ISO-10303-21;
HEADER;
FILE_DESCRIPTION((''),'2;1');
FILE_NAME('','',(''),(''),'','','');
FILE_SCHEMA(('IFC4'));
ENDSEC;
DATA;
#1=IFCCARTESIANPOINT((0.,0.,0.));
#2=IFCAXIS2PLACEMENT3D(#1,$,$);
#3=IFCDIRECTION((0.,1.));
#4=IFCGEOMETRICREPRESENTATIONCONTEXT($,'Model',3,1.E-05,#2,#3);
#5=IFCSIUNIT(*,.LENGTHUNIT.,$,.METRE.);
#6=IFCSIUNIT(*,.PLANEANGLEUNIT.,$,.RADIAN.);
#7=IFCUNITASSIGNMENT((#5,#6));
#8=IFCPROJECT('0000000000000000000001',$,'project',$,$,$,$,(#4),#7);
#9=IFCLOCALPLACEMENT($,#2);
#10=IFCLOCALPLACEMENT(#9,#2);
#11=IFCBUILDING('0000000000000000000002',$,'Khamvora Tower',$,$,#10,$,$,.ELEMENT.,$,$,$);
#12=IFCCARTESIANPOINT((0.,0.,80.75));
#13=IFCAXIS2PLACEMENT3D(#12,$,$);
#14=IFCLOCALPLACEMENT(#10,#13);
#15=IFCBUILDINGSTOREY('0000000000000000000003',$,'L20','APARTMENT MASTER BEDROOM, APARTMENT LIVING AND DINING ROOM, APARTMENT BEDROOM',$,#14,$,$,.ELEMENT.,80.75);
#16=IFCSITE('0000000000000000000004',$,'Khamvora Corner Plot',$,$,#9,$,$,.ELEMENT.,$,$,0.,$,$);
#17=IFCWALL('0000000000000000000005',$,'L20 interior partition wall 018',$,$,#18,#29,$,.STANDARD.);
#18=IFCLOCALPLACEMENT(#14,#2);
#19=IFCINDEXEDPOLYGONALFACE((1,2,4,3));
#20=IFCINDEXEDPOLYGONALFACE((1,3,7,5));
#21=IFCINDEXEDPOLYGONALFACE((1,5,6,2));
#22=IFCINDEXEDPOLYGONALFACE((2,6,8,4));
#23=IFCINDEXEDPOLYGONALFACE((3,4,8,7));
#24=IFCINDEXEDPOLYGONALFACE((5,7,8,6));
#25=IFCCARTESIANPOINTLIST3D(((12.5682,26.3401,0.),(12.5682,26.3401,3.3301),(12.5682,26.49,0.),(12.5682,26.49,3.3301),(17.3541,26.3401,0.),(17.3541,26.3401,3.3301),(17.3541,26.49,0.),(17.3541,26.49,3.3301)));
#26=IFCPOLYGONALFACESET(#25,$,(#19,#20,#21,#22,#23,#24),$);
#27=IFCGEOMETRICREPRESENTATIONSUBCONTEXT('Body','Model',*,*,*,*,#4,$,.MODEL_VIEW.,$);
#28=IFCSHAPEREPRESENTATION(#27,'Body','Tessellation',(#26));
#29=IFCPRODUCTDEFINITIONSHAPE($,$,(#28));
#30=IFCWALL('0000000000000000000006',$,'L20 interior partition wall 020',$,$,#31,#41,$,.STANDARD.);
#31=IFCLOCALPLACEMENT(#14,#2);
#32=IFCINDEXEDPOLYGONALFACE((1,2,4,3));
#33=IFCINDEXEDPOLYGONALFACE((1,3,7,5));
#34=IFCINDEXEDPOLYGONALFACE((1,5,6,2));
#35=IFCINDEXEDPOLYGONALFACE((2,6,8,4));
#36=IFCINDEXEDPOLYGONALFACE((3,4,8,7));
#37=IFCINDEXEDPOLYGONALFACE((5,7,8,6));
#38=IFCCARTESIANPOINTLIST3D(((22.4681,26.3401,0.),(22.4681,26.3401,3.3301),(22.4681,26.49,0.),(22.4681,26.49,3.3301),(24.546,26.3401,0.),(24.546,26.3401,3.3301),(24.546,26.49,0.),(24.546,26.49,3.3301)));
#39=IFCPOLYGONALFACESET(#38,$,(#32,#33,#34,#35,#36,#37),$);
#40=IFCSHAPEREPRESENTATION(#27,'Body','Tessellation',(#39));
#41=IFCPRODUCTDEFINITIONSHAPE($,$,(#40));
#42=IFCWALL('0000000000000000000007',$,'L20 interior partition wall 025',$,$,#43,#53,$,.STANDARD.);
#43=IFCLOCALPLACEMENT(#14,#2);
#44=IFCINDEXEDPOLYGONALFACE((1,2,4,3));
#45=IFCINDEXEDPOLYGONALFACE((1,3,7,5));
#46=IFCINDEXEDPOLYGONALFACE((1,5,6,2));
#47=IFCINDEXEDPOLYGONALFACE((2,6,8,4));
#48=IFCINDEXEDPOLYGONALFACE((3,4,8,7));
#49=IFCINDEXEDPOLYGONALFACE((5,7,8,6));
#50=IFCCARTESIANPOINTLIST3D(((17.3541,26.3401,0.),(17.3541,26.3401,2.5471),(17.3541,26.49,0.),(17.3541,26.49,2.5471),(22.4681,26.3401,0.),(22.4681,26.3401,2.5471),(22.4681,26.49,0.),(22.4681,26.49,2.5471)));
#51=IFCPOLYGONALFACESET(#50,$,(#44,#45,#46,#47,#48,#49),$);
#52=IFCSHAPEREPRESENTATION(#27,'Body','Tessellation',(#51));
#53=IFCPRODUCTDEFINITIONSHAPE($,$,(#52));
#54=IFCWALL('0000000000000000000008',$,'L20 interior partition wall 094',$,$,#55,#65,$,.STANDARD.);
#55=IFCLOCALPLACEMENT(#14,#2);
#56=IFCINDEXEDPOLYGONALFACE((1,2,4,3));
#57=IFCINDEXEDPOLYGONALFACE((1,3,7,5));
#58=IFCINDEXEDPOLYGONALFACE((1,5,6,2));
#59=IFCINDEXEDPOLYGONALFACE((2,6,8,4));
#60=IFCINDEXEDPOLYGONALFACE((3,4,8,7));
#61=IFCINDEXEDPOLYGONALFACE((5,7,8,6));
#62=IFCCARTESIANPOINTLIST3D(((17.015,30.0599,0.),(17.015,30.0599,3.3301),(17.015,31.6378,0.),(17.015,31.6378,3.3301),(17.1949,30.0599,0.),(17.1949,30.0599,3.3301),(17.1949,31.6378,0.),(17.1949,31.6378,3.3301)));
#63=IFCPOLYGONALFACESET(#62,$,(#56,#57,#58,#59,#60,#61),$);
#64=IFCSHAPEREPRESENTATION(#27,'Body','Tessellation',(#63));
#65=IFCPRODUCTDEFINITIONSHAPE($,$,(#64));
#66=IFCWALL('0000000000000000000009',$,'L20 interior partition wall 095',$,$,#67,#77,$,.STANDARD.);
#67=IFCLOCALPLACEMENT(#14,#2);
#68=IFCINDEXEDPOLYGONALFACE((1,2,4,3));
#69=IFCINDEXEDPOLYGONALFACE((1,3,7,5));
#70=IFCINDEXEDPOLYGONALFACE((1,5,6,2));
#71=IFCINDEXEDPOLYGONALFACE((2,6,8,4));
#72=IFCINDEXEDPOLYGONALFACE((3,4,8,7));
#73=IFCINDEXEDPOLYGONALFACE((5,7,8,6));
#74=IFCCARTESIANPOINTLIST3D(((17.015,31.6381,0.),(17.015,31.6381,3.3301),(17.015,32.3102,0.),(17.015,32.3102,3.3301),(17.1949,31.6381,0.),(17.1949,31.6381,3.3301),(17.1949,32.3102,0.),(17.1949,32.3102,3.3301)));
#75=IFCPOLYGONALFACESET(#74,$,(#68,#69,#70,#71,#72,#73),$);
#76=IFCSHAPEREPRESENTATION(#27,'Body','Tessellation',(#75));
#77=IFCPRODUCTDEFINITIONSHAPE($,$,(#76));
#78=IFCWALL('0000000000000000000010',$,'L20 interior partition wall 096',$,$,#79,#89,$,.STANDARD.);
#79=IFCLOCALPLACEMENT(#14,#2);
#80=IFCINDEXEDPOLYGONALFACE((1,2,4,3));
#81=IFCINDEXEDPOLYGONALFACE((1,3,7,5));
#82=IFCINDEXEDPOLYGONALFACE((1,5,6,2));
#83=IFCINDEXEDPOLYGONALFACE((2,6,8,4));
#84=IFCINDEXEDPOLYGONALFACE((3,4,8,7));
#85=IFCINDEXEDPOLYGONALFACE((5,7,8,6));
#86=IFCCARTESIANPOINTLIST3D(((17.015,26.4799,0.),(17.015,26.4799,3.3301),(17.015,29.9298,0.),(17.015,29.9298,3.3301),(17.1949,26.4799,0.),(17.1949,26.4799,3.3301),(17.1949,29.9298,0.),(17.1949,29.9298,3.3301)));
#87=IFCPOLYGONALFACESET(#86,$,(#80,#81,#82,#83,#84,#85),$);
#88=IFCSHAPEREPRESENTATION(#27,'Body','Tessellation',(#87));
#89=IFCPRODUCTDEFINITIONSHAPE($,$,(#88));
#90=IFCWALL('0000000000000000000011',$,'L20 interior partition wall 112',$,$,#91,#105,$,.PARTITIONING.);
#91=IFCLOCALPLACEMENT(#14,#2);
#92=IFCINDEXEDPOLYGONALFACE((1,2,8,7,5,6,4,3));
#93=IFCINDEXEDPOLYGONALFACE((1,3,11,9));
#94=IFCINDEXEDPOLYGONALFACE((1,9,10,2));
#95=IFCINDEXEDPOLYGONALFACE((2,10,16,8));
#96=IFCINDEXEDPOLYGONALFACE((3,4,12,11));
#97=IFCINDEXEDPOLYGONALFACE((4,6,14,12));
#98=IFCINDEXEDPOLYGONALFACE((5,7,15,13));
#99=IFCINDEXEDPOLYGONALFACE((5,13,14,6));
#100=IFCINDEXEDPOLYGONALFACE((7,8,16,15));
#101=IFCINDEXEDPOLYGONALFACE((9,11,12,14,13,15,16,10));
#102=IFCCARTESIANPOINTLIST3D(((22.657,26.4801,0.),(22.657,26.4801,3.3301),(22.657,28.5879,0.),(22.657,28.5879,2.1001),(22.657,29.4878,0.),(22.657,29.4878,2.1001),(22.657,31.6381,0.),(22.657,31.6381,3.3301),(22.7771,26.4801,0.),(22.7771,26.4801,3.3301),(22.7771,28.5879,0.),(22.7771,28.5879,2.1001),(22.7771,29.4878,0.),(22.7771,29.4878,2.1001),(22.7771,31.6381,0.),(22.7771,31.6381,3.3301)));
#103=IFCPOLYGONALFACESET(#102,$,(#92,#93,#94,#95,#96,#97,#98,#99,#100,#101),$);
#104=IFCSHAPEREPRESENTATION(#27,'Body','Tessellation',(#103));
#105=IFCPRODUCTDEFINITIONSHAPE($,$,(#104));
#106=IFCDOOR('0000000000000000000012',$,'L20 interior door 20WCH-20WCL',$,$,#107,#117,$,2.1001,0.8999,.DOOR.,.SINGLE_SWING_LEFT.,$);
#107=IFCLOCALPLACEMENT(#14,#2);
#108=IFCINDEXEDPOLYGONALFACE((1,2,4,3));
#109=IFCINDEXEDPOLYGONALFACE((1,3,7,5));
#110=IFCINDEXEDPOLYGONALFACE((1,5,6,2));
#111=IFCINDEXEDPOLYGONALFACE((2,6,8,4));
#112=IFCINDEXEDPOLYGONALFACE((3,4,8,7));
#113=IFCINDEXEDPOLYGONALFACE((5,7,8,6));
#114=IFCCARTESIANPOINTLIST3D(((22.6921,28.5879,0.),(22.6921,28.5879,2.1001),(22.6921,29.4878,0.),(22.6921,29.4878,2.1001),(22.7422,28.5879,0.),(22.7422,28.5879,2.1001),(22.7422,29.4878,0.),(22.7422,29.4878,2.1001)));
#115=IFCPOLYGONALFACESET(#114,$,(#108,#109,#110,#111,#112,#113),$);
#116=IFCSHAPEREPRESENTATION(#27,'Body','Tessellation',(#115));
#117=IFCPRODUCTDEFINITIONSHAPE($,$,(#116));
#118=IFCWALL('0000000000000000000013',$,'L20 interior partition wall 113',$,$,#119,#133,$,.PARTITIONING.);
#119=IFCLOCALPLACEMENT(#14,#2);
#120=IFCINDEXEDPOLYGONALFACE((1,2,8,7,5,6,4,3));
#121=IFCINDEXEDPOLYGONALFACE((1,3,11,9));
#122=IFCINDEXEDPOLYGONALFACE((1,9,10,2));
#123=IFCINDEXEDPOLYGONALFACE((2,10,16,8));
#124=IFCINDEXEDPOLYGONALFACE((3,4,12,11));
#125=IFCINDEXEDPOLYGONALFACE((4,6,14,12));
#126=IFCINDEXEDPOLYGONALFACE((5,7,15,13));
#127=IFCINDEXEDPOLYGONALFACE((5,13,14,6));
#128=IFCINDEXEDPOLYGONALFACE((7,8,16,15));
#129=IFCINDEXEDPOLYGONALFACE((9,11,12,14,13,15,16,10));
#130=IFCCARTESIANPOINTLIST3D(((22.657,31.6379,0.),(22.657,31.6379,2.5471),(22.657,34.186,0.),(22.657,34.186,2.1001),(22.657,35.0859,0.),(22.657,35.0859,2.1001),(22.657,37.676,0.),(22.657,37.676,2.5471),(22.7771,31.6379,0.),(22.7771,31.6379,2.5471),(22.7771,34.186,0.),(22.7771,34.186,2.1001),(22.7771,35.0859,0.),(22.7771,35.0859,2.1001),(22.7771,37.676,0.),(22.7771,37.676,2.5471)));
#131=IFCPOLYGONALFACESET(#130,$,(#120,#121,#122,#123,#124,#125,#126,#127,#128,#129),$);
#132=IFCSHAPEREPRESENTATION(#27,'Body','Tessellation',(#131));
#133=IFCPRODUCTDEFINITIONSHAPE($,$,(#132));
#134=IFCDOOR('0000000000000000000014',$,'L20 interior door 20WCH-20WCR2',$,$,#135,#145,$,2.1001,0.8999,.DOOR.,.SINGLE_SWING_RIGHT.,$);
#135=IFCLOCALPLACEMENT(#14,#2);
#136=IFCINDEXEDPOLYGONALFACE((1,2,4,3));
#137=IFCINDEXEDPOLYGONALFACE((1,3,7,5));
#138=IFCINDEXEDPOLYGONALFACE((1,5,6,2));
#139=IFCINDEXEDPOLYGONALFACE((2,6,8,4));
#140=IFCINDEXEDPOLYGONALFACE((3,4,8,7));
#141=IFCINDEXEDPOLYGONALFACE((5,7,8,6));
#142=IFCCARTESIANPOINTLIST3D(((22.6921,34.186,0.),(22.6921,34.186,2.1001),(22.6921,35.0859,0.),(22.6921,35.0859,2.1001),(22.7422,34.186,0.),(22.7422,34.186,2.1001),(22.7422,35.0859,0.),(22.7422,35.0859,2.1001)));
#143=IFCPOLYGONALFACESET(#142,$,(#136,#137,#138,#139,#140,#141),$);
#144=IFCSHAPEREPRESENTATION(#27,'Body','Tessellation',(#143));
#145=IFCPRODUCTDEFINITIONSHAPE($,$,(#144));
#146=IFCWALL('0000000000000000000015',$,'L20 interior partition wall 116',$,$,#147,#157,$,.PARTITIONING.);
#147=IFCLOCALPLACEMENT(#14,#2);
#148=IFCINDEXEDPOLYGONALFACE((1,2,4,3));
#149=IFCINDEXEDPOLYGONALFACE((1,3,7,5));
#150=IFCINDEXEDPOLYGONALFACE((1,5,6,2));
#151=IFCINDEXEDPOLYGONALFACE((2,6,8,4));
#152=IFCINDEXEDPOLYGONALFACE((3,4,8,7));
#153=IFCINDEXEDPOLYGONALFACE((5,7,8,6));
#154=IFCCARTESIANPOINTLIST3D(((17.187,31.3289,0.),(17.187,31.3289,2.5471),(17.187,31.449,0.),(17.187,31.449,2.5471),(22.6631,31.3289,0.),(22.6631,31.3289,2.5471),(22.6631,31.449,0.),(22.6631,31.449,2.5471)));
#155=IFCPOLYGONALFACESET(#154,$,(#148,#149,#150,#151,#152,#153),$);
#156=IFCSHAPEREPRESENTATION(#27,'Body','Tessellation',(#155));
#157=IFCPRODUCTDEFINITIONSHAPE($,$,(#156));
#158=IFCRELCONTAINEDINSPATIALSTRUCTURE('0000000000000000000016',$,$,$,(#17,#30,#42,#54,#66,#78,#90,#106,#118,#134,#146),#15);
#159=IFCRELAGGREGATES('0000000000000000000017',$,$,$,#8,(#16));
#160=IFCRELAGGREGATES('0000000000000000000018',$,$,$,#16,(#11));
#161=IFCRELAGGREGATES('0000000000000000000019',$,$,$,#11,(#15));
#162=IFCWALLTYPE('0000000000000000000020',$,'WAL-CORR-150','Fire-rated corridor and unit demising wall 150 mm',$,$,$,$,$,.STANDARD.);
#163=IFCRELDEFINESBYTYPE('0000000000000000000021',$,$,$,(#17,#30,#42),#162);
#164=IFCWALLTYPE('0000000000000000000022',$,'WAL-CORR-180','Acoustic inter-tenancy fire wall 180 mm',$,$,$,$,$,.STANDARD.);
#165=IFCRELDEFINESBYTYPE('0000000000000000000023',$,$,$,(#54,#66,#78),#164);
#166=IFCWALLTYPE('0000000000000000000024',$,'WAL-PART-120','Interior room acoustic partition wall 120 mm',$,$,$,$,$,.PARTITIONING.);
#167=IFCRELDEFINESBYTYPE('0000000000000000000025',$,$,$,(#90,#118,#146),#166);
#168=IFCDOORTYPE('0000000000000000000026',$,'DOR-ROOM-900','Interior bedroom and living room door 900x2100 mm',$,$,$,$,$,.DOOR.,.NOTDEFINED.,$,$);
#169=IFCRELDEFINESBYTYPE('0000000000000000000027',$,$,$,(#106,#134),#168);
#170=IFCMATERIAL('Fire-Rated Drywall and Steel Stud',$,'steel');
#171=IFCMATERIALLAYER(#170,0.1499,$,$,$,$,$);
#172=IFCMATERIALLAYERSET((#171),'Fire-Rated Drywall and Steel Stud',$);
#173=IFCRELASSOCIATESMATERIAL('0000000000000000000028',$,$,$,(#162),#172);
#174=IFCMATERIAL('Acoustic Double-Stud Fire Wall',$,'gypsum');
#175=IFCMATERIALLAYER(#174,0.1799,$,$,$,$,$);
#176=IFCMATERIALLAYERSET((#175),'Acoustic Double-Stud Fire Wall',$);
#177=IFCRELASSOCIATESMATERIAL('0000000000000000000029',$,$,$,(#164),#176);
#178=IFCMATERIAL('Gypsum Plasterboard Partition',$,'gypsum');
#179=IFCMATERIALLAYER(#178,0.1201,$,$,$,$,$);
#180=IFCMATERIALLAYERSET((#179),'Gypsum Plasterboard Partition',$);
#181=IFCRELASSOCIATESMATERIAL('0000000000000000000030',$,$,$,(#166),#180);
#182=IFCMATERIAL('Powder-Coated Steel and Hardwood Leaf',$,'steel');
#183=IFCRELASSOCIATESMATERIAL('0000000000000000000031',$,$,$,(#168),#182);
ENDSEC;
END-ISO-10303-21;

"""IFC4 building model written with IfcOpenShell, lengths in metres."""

from ifc_helpers import new_model, si_unit, direction, frame, frame_2d, origin, place, context, subcontext, project, spatial, rectangle, extrude, material, layer, layer_set, type_object, element, fill, save


model = new_model("IFC4")

# Units and contexts
model_context = context("Model", 3, precision=1e-05, world=origin(), true_north=direction((0.0, 1.0)))
body_context = subcontext(model_context, "Body", "Model", "MODEL_VIEW")
ifc_project = project(units=[si_unit("LENGTHUNIT", "METRE"), si_unit("PLANEANGLEUNIT", "RADIAN")], contexts=[model_context])

# Site, building, storey
site_placement = place(None, origin())
site = spatial("IfcSite", under=ifc_project, at=site_placement, Name="Khamvora Corner Plot", CompositionType="ELEMENT", RefElevation=0.0)
building_placement = place(site_placement, origin())
building = spatial("IfcBuilding", under=site, at=building_placement, Name="Khamvora Tower", CompositionType="ELEMENT")
storey_placement = place(building_placement, frame((0.0, 0.0, 80.75)))
storey = spatial("IfcBuildingStorey", under=building, at=storey_placement, Name="L20", Description="APARTMENT MASTER BEDROOM, APARTMENT LIVING AND DINING ROOM, APARTMENT BEDROOM", CompositionType="ELEMENT", Elevation=80.75)

# Walls
ifc_material_1 = material(Name="Fire-Rated Drywall and Steel Stud", Category="steel")
ifc_layer_1 = layer(ifc_material_1, 0.1499)
ifc_layer_set_1 = layer_set([ifc_layer_1], Name="Fire-Rated Drywall and Steel Stud")
wall_type_1 = type_object("IfcWallType", Name="WAL-CORR-150", Description="Fire-rated corridor and unit demising wall 150 mm", PredefinedType="STANDARD", material=ifc_layer_set_1)
wall_1_placement = place(storey_placement, frame((12.5681, 26.415, 0.0), z_axis=(0.0, 0.0, 1.0), x_axis=(1.0, 0.0, 0.0)))
element("IfcWall", 1, at=wall_1_placement, inside=storey, type_object=wall_type_1, Name="L20 interior partition wall 018", PredefinedType="STANDARD", context=body_context, shape_type="SweptSolid", body=[
    extrude(rectangle(XDim=4.7859, YDim=0.1499, at=frame_2d((2.3931, 0.0))), origin(), (0.0, 0.0, 1.0), 3.3301),
])
wall_2_placement = place(storey_placement, frame((22.468, 26.415, 0.0), z_axis=(0.0, 0.0, 1.0), x_axis=(1.0, 0.0, 0.0)))
element("IfcWall", 2, at=wall_2_placement, inside=storey, type_object=wall_type_1, Name="L20 interior partition wall 020", PredefinedType="STANDARD", context=body_context, shape_type="SweptSolid", body=[
    extrude(rectangle(XDim=2.0779, YDim=0.1499, at=frame_2d((1.0391, 0.0))), origin(), (0.0, 0.0, 1.0), 3.3301),
])
wall_3_placement = place(storey_placement, frame((17.354, 26.415, 0.0), z_axis=(0.0, 0.0, 1.0), x_axis=(1.0, 0.0, 0.0)))
element("IfcWall", 3, at=wall_3_placement, inside=storey, type_object=wall_type_1, Name="L20 interior partition wall 025", PredefinedType="STANDARD", context=body_context, shape_type="SweptSolid", body=[
    extrude(rectangle(XDim=5.114, YDim=0.1499, at=frame_2d((2.5571, 0.0))), origin(), (0.0, 0.0, 1.0), 2.5471),
])
ifc_material_2 = material(Name="Acoustic Double-Stud Fire Wall", Category="gypsum")
ifc_layer_2 = layer(ifc_material_2, 0.1799)
ifc_layer_set_2 = layer_set([ifc_layer_2], Name="Acoustic Double-Stud Fire Wall")
wall_type_2 = type_object("IfcWallType", Name="WAL-CORR-180", Description="Acoustic inter-tenancy fire wall 180 mm", PredefinedType="STANDARD", material=ifc_layer_set_2)
wall_4_placement = place(storey_placement, frame((17.105, 31.6379, 0.0), z_axis=(0.0, 0.0, 1.0), x_axis=(0.0, -1.0, 0.0)))
element("IfcWall", 4, at=wall_4_placement, inside=storey, type_object=wall_type_2, Name="L20 interior partition wall 094", PredefinedType="STANDARD", context=body_context, shape_type="SweptSolid", body=[
    extrude(rectangle(XDim=1.5779, YDim=0.1799, at=frame_2d((0.7891, 0.0))), origin(), (0.0, 0.0, 1.0), 3.3301),
])
wall_5_placement = place(storey_placement, frame((17.105, 32.3101, 0.0), z_axis=(0.0, 0.0, 1.0), x_axis=(0.0, -1.0, 0.0)))
element("IfcWall", 5, at=wall_5_placement, inside=storey, type_object=wall_type_2, Name="L20 interior partition wall 095", PredefinedType="STANDARD", context=body_context, shape_type="SweptSolid", body=[
    extrude(rectangle(XDim=0.6721, YDim=0.1799, at=frame_2d((0.3359, 0.0))), origin(), (0.0, 0.0, 1.0), 3.3301),
])
wall_6_placement = place(storey_placement, frame((17.105, 29.9299, 0.0), z_axis=(0.0, 0.0, 1.0), x_axis=(0.0, -1.0, 0.0)))
element("IfcWall", 6, at=wall_6_placement, inside=storey, type_object=wall_type_2, Name="L20 interior partition wall 096", PredefinedType="STANDARD", context=body_context, shape_type="SweptSolid", body=[
    extrude(rectangle(XDim=3.45, YDim=0.1799, at=frame_2d((1.7251, 0.0))), origin(), (0.0, 0.0, 1.0), 3.3301),
])

# Walls, openings, doors
ifc_material_3 = material(Name="Gypsum Plasterboard Partition", Category="gypsum")
ifc_layer_3 = layer(ifc_material_3, 0.1201)
ifc_layer_set_3 = layer_set([ifc_layer_3], Name="Gypsum Plasterboard Partition")
wall_type_3 = type_object("IfcWallType", Name="WAL-PART-120", Description="Interior room acoustic partition wall 120 mm", PredefinedType="PARTITIONING", material=ifc_layer_set_3)
wall_7_placement = place(storey_placement, frame((22.717, 26.48, 0.0), z_axis=(0.0, 0.0, 1.0), x_axis=(0.0, 1.0, 0.0)))
wall_7 = element("IfcWall", 7, at=wall_7_placement, inside=storey, type_object=wall_type_3, Name="L20 interior partition wall 112", PredefinedType="PARTITIONING", context=body_context, shape_type="SweptSolid", body=[
    extrude(rectangle(XDim=5.158, YDim=0.1201, at=frame_2d((2.5791, 0.0))), origin(), (0.0, 0.0, 1.0), 3.3301),
])
opening_1_placement = place(wall_7_placement, frame((2.1079, 0.0, 0.0)))
opening_1 = element("IfcOpeningElement", 8, at=opening_1_placement, cuts=wall_7, PredefinedType="OPENING", context=body_context, shape_type="SweptSolid", body=[
    extrude(rectangle(XDim=0.8999, YDim=2.1001, at=frame_2d((0.45, 1.05))), frame((0.0, 0.0701, 0.0), z_axis=(0.0, -1.0, 0.0), x_axis=(1.0, 0.0, 0.0)), (0.0, 0.0, 1.0), 0.1401),
])
ifc_material_4 = material(Name="Powder-Coated Steel and Hardwood Leaf", Category="steel")
door_type_1 = type_object("IfcDoorType", Name="DOR-ROOM-900", Description="Interior bedroom and living room door 900x2100 mm", OperationType="NOTDEFINED", PredefinedType="DOOR", material=ifc_material_4)
door_1_placement = place(opening_1_placement, origin())
door_1 = element("IfcDoor", 9, at=door_1_placement, inside=storey, type_object=door_type_1, Name="L20 interior door 20WCH-20WCL", OperationType="SINGLE_SWING_LEFT", OverallHeight=2.1001, OverallWidth=0.8999, PredefinedType="DOOR", context=body_context, shape_type="SweptSolid", body=[
    extrude(rectangle(XDim=0.8999, YDim=2.1001, at=frame_2d((0.45, 1.05))), frame((0.0, 0.0249, 0.0), z_axis=(0.0, -1.0, 0.0), x_axis=(1.0, 0.0, 0.0)), (0.0, 0.0, 1.0), 0.05),
])
fill(opening_1, door_1)
wall_8_placement = place(storey_placement, frame((22.717, 31.6379, 0.0), z_axis=(0.0, 0.0, 1.0), x_axis=(0.0, 1.0, 0.0)))
wall_8 = element("IfcWall", 10, at=wall_8_placement, inside=storey, type_object=wall_type_3, Name="L20 interior partition wall 113", PredefinedType="PARTITIONING", context=body_context, shape_type="SweptSolid", body=[
    extrude(rectangle(XDim=6.0381, YDim=0.1201, at=frame_2d((3.019, 0.0))), origin(), (0.0, 0.0, 1.0), 2.5471),
])
opening_2_placement = place(wall_8_placement, frame((2.5481, 0.0, 0.0)))
opening_2 = element("IfcOpeningElement", 11, at=opening_2_placement, cuts=wall_8, PredefinedType="OPENING", context=body_context, shape_type="SweptSolid", body=[
    extrude(rectangle(XDim=0.8999, YDim=2.1001, at=frame_2d((0.45, 1.05))), frame((0.0, 0.0701, 0.0), z_axis=(0.0, -1.0, 0.0), x_axis=(1.0, 0.0, 0.0)), (0.0, 0.0, 1.0), 0.1401),
])
door_2_placement = place(opening_2_placement, origin())
door_2 = element("IfcDoor", 12, at=door_2_placement, inside=storey, type_object=door_type_1, Name="L20 interior door 20WCH-20WCR2", OperationType="SINGLE_SWING_RIGHT", OverallHeight=2.1001, OverallWidth=0.8999, PredefinedType="DOOR", context=body_context, shape_type="SweptSolid", body=[
    extrude(rectangle(XDim=0.8999, YDim=2.1001, at=frame_2d((0.45, 1.05))), frame((0.0, 0.0249, 0.0), z_axis=(0.0, -1.0, 0.0), x_axis=(1.0, 0.0, 0.0)), (0.0, 0.0, 1.0), 0.05),
])
fill(opening_2, door_2)

# Wall
wall_9_placement = place(storey_placement, frame((17.187, 31.3889, 0.0), z_axis=(0.0, 0.0, 1.0), x_axis=(1.0, 0.0, 0.0)))
element("IfcWall", 13, at=wall_9_placement, inside=storey, type_object=wall_type_3, Name="L20 interior partition wall 116", PredefinedType="PARTITIONING", context=body_context, shape_type="SweptSolid", body=[
    extrude(rectangle(XDim=5.4761, YDim=0.1201, at=frame_2d((2.738, 0.0))), origin(), (0.0, 0.0, 1.0), 2.5471),
])

save(model, "model.ifc")
